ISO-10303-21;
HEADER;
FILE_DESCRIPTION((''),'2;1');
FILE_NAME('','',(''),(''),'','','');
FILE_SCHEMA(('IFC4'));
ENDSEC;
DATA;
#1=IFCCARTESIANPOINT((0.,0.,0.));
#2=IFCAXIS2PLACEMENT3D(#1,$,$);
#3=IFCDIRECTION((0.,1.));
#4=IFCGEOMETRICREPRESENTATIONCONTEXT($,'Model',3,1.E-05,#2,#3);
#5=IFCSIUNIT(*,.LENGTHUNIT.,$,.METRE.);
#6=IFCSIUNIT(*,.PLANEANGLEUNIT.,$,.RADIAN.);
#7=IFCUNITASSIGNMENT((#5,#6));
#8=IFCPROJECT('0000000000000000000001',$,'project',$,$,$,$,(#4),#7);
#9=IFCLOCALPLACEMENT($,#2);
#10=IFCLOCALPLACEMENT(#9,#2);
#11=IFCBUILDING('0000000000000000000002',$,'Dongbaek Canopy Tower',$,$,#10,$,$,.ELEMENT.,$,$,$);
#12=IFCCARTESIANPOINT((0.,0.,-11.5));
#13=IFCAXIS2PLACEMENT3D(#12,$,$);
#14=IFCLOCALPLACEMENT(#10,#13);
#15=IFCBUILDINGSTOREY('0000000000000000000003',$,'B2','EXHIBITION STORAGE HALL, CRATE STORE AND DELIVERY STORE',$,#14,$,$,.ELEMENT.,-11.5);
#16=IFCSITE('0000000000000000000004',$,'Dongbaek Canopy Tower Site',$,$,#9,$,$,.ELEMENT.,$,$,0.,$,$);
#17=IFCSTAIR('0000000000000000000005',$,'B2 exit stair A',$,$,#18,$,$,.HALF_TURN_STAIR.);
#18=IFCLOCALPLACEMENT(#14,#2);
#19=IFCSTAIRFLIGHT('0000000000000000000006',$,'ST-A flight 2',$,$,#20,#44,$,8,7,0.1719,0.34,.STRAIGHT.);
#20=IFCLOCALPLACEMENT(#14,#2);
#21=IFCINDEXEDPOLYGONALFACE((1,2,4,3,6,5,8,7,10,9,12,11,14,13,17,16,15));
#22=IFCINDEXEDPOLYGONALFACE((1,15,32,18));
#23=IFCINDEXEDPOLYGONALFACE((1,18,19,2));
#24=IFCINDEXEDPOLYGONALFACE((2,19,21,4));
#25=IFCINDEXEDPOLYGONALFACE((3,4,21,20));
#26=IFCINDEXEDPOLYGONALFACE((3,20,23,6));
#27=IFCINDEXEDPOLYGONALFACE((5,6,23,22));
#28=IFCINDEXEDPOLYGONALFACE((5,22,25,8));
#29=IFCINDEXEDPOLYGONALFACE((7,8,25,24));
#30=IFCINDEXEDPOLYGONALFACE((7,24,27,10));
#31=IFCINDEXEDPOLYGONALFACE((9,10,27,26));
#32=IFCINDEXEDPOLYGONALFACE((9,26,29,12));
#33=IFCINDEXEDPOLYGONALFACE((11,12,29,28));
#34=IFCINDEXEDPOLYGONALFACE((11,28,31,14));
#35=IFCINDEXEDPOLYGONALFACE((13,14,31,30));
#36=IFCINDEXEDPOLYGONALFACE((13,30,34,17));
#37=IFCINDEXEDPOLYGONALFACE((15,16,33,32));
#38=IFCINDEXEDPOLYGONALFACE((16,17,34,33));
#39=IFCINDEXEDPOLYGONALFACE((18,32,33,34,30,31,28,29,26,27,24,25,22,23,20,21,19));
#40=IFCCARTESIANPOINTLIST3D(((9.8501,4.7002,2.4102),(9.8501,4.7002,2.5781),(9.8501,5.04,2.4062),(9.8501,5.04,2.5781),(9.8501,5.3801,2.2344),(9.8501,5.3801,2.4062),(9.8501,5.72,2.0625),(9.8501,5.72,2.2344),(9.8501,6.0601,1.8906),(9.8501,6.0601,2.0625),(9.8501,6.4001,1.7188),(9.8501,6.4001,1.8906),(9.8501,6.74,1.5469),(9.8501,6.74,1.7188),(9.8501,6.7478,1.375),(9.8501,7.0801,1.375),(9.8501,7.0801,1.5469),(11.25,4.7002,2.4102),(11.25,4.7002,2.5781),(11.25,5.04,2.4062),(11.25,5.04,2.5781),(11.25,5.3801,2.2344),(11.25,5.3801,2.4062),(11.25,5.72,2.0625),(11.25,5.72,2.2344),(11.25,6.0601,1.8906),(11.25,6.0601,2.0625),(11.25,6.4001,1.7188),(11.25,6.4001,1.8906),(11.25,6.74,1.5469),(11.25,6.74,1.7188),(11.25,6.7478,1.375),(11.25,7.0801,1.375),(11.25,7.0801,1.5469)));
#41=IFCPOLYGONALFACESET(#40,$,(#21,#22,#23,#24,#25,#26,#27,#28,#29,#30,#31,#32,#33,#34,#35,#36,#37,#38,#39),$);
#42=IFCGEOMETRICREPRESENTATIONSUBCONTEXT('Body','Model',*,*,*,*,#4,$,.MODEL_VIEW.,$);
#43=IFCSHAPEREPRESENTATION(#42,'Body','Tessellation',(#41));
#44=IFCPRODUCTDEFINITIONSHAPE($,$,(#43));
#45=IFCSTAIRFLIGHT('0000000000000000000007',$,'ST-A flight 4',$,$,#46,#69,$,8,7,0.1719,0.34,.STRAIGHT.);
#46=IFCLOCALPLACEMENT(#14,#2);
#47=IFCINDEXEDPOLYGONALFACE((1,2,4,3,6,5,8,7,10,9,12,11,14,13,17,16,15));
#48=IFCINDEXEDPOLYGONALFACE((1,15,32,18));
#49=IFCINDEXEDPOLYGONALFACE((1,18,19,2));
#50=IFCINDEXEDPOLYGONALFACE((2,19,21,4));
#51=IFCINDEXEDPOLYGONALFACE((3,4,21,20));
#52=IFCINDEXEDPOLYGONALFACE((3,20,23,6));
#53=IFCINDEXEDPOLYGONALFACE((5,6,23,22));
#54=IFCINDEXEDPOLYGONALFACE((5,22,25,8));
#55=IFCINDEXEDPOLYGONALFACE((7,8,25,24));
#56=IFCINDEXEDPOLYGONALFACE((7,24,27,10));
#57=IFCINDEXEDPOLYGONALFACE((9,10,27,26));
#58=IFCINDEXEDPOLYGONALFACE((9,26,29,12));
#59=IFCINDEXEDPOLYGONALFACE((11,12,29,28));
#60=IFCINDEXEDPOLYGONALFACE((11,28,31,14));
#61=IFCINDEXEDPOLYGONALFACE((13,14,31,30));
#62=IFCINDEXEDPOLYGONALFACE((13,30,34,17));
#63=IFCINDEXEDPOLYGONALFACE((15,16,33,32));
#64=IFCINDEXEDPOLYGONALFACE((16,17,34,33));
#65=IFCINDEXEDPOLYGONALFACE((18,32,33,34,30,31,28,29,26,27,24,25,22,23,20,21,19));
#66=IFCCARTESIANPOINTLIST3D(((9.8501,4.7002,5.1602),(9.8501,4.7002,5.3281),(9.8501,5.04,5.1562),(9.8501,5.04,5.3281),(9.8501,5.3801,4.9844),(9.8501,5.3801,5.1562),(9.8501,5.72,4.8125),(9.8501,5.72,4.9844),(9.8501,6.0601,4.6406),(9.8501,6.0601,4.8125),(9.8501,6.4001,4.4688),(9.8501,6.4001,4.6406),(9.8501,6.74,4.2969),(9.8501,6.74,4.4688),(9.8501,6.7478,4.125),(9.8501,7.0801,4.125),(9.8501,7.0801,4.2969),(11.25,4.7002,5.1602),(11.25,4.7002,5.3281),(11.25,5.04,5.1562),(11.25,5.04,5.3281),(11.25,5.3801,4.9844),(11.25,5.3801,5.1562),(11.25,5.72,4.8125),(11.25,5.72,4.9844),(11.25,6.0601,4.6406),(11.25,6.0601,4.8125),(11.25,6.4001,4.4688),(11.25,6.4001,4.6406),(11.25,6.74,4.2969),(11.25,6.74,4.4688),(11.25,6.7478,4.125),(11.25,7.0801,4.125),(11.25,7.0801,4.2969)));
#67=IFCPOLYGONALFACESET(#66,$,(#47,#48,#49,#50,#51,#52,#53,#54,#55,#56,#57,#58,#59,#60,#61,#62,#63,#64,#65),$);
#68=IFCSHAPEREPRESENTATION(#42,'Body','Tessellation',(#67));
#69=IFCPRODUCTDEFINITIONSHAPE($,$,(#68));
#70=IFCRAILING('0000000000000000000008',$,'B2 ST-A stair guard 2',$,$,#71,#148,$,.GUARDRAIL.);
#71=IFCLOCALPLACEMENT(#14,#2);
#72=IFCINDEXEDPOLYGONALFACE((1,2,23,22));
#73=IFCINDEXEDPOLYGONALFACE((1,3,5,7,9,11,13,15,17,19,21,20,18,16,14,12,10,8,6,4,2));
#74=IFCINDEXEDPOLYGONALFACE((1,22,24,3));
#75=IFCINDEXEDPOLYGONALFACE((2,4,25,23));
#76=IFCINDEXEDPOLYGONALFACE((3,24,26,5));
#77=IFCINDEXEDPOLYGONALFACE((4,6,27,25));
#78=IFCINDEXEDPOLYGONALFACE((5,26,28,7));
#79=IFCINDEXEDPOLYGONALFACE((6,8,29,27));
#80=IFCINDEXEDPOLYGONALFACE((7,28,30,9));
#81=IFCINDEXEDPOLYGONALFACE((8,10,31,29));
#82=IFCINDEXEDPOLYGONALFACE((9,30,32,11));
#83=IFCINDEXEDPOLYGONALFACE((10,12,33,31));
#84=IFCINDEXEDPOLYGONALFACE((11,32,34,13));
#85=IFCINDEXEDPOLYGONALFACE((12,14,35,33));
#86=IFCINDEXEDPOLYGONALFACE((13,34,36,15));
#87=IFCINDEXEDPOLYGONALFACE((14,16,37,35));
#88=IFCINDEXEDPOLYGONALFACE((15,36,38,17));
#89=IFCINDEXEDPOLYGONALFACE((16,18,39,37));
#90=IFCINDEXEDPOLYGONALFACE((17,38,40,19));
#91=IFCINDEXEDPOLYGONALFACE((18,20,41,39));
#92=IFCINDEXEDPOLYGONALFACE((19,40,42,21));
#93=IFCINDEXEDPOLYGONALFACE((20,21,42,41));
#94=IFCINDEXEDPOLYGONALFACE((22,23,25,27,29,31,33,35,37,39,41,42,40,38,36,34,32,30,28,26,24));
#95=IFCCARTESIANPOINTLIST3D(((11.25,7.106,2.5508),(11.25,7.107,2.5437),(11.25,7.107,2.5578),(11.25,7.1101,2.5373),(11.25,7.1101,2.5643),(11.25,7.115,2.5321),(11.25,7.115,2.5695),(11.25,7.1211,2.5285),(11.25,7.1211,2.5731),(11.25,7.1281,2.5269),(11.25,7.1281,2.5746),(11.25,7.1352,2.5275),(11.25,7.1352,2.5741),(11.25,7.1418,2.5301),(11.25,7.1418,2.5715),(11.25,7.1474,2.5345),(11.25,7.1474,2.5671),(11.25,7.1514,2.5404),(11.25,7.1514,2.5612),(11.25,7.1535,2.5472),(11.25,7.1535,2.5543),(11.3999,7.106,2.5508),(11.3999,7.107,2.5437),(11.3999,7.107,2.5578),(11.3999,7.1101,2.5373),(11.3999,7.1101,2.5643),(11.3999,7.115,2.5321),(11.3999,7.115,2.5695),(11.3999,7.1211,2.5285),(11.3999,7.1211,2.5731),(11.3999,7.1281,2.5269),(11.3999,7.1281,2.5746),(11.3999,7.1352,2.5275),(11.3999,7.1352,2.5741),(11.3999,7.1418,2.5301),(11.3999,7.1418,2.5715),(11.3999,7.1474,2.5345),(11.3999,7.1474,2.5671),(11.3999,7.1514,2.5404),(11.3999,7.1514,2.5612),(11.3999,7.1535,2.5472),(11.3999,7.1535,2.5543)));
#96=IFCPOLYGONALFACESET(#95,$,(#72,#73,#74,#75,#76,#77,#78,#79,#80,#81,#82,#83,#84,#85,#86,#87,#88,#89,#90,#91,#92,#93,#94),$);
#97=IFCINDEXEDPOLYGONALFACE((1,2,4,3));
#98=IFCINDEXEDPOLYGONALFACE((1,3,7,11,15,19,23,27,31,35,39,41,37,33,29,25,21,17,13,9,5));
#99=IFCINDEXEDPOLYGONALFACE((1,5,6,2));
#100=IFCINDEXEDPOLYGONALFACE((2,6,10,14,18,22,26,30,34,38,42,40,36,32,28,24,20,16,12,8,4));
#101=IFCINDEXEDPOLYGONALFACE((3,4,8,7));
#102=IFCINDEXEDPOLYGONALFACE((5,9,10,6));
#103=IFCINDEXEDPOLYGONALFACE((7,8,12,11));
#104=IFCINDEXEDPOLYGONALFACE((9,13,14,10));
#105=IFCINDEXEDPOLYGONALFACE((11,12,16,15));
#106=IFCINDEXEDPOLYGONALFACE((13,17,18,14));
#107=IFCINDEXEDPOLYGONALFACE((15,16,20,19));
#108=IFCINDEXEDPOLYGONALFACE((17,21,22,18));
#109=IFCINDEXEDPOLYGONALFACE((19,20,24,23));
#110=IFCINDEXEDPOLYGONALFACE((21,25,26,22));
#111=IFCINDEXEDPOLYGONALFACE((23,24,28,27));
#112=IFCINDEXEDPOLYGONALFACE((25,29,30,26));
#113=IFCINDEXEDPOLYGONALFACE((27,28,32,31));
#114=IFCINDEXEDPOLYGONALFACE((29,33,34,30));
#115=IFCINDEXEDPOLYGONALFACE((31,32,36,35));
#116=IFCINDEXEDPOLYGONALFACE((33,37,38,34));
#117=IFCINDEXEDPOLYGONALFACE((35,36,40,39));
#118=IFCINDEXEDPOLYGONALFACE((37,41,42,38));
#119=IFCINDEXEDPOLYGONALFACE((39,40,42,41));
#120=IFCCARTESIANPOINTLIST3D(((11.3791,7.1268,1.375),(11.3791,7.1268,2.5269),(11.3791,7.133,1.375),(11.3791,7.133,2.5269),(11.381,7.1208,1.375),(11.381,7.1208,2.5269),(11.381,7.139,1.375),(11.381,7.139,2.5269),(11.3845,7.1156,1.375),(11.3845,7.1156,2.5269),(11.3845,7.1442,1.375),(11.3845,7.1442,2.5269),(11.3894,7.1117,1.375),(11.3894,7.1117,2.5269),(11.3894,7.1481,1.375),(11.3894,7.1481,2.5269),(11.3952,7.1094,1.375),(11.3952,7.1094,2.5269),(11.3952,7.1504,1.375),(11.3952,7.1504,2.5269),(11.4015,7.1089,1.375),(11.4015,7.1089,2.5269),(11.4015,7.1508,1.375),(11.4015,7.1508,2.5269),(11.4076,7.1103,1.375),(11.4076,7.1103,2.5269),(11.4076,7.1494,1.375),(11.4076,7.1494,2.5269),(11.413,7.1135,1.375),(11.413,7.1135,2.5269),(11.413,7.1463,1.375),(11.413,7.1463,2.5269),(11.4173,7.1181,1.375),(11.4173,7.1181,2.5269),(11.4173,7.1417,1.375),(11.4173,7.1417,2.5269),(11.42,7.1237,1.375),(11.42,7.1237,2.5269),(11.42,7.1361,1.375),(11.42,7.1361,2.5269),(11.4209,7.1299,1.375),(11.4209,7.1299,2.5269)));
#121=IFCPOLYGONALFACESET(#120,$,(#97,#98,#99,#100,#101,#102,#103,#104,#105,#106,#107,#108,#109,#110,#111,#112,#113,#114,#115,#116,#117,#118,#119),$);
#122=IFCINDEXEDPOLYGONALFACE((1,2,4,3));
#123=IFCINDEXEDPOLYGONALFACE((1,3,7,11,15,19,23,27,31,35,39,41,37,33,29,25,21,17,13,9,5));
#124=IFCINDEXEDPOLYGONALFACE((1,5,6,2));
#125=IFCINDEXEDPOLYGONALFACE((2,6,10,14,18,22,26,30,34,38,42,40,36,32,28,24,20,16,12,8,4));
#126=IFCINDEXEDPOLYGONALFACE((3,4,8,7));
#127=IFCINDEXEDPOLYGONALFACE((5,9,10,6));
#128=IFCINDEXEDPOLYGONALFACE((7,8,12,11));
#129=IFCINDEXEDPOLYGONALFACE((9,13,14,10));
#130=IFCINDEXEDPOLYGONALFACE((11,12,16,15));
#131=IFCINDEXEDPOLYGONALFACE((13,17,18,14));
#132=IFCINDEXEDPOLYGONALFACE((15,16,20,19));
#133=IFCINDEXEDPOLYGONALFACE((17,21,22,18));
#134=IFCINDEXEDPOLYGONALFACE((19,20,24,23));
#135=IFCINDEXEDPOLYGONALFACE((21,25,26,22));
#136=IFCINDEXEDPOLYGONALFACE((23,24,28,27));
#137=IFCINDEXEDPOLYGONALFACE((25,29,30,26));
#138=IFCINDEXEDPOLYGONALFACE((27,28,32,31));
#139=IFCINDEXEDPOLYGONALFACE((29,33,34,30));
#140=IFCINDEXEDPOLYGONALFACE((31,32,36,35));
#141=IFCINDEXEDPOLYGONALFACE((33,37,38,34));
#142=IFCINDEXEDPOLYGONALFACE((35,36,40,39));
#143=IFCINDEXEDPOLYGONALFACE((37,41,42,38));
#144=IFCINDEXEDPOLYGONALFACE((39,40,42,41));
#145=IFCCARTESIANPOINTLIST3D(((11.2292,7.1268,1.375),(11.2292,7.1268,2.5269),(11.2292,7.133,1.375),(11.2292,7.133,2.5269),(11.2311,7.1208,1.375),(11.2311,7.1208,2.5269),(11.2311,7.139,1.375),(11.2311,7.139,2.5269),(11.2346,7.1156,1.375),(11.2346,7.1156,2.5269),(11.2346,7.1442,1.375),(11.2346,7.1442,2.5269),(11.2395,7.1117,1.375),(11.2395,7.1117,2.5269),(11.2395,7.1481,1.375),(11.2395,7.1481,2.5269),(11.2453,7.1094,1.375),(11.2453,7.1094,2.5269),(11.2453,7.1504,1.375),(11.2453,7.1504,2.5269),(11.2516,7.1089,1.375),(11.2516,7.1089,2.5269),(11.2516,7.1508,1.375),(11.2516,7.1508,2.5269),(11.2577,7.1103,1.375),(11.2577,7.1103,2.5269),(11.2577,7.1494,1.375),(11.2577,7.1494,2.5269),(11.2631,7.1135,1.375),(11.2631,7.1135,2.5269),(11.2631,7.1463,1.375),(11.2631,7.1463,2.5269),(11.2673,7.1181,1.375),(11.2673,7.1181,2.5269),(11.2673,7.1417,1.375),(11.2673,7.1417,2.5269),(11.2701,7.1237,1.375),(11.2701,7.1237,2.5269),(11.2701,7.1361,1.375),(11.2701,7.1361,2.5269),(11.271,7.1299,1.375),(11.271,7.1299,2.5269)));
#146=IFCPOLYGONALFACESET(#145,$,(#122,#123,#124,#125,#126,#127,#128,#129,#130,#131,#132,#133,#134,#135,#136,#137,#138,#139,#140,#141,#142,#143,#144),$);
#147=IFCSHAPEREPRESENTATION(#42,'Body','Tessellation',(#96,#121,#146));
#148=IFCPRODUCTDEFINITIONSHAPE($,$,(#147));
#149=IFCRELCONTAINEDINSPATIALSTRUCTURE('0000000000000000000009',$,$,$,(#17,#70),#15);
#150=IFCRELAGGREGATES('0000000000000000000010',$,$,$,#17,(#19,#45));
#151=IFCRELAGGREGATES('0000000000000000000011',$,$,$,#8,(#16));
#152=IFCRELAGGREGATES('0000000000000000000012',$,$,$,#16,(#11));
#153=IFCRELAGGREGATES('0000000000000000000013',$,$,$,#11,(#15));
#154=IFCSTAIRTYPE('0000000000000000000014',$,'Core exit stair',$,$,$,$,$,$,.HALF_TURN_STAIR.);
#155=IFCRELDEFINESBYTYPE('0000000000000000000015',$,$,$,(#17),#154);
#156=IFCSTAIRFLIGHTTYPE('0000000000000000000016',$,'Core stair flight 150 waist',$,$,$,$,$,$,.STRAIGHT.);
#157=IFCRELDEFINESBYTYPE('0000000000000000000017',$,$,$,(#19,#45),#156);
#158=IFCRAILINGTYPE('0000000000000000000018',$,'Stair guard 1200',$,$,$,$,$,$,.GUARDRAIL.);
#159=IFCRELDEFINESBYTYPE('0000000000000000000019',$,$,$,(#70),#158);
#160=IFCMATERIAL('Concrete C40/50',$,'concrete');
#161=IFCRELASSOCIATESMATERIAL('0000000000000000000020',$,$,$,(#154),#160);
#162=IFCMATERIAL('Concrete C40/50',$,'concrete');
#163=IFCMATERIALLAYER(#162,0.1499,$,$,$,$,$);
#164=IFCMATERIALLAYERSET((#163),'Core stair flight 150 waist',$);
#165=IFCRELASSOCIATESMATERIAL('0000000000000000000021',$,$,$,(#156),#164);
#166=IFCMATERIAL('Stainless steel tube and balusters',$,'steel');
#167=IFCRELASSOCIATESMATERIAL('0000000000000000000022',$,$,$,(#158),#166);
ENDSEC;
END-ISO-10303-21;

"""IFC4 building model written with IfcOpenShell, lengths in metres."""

from ifc_helpers import new_model, si_unit, direction, frame, origin, origin_2d, place, context, subcontext, project, spatial, polyline, circle, outline, extrude, material, layer, layer_set, type_object, element, aggregate, save


model = new_model("IFC4")

# Units and contexts
model_context = context("Model", 3, precision=1e-05, world=origin(), true_north=direction((0.0, 1.0)))
body_context = subcontext(model_context, "Body", "Model", "MODEL_VIEW")
ifc_project = project(units=[si_unit("LENGTHUNIT", "METRE"), si_unit("PLANEANGLEUNIT", "RADIAN")], contexts=[model_context])

# Site, building, storey
site_placement = place(None, origin())
site = spatial("IfcSite", under=ifc_project, at=site_placement, Name="Dongbaek Canopy Tower Site", CompositionType="ELEMENT", RefElevation=0.0)
building_placement = place(site_placement, origin())
building = spatial("IfcBuilding", under=site, at=building_placement, Name="Dongbaek Canopy Tower", CompositionType="ELEMENT")
storey_placement = place(building_placement, frame((0.0, 0.0, -11.5)))
storey = spatial("IfcBuildingStorey", under=building, at=storey_placement, Name="B2", Description="EXHIBITION STORAGE HALL, CRATE STORE AND DELIVERY STORE", CompositionType="ELEMENT", Elevation=-11.5)

# Stair, stair flights
ifc_material_1 = material(Name="Concrete C40/50", Category="concrete")
stair_type = type_object("IfcStairType", Name="Core exit stair", PredefinedType="HALF_TURN_STAIR", material=ifc_material_1)
stair_placement = place(storey_placement, origin())
stair = element("IfcStair", 1, at=stair_placement, inside=storey, type_object=stair_type, Name="B2 exit stair A", PredefinedType="HALF_TURN_STAIR")
ifc_material_2 = material(Name="Concrete C40/50", Category="concrete")
ifc_layer_1 = layer(ifc_material_2, 0.1499)
ifc_layer_set_1 = layer_set([ifc_layer_1], Name="Core stair flight 150 waist")
stair_flight_type = type_object("IfcStairFlightType", Name="Core stair flight 150 waist", PredefinedType="STRAIGHT", material=ifc_layer_set_1)
stair_flight_1_placement = place(storey_placement, frame((10.55, 7.0801, 1.375), z_axis=(0.0, 0.0, 1.0), x_axis=(0.0, -1.0, 0.0)))
stair_flight_1 = element("IfcStairFlight", 2, at=stair_flight_1_placement, type_object=stair_flight_type, Name="ST-A flight 2", NumberOfRisers=8, NumberOfTreads=7, PredefinedType="STRAIGHT", RiserHeight=0.1719, TreadLength=0.34, context=body_context, shape_type="SweptSolid", body=[
    extrude(outline(polyline([(0.0, 0.0), (0.0, 0.1719), (0.3401, 0.1719), (0.3401, 0.3438), (0.6799, 0.3438), (0.6799, 0.5156), (1.02, 0.5156), (1.02, 0.6875), (1.3601, 0.6875), (1.3601, 0.8594), (1.7, 0.8594), (1.7, 1.0312), (2.04, 1.0312), (2.04, 1.2031), (2.3799, 1.2031), (2.3799, 1.375), (2.3799, 1.0352), (0.3323, 0.0), (0.0, 0.0)])), frame((0.0, 0.7, 0.0), z_axis=(0.0, -1.0, 0.0), x_axis=(1.0, 0.0, 0.0)), (0.0, 0.0, 1.0), 1.3999),
])
stair_flight_2_placement = place(storey_placement, frame((10.55, 7.0801, 4.125), z_axis=(0.0, 0.0, 1.0), x_axis=(0.0, -1.0, 0.0)))
stair_flight_2 = element("IfcStairFlight", 3, at=stair_flight_2_placement, type_object=stair_flight_type, Name="ST-A flight 4", NumberOfRisers=8, NumberOfTreads=7, PredefinedType="STRAIGHT", RiserHeight=0.1719, TreadLength=0.34, context=body_context, shape_type="SweptSolid", body=[
    extrude(outline(polyline([(0.0, 0.0), (0.0, 0.1719), (0.3401, 0.1719), (0.3401, 0.3438), (0.6799, 0.3438), (0.6799, 0.5156), (1.02, 0.5156), (1.02, 0.6875), (1.3601, 0.6875), (1.3601, 0.8594), (1.7, 0.8594), (1.7, 1.0312), (2.04, 1.0312), (2.04, 1.2031), (2.3799, 1.2031), (2.3799, 1.375), (2.3799, 1.0352), (0.3323, 0.0), (0.0, 0.0)])), frame((0.0, 0.7, 0.0), z_axis=(0.0, -1.0, 0.0), x_axis=(1.0, 0.0, 0.0)), (0.0, 0.0, 1.0), 1.3999),
])
aggregate(stair, [stair_flight_1, stair_flight_2])

# Railing
ifc_material_3 = material(Name="Stainless steel tube and balusters", Category="steel")
railing_type_1 = type_object("IfcRailingType", Name="Stair guard 1200", PredefinedType="GUARDRAIL", material=ifc_material_3)
railing_1_placement = place(storey_placement, frame((11.3999, 7.1299, 1.375)))
element("IfcRailing", 4, at=railing_1_placement, inside=storey, type_object=railing_type_1, Name="B2 ST-A stair guard 2", PredefinedType="GUARDRAIL", context=body_context, shape_type="SweptSolid", body=[
    extrude(circle(Radius=0.0239, at=origin_2d()), frame((0.0, 0.0, 1.1758), z_axis=(-1.0, 0.0, 0.0), x_axis=(0.0, -1.0, 0.0)), (0.0, 0.0, 1.0), 0.1499),
    extrude(circle(Radius=0.021, at=origin_2d()), origin(), (0.0, 0.0, 1.0), 1.1519),
    extrude(circle(Radius=0.021, at=origin_2d()), frame((-0.1499, 0.0, 0.0)), (0.0, 0.0, 1.0), 1.1519),
])

save(model, "model.ifc")
